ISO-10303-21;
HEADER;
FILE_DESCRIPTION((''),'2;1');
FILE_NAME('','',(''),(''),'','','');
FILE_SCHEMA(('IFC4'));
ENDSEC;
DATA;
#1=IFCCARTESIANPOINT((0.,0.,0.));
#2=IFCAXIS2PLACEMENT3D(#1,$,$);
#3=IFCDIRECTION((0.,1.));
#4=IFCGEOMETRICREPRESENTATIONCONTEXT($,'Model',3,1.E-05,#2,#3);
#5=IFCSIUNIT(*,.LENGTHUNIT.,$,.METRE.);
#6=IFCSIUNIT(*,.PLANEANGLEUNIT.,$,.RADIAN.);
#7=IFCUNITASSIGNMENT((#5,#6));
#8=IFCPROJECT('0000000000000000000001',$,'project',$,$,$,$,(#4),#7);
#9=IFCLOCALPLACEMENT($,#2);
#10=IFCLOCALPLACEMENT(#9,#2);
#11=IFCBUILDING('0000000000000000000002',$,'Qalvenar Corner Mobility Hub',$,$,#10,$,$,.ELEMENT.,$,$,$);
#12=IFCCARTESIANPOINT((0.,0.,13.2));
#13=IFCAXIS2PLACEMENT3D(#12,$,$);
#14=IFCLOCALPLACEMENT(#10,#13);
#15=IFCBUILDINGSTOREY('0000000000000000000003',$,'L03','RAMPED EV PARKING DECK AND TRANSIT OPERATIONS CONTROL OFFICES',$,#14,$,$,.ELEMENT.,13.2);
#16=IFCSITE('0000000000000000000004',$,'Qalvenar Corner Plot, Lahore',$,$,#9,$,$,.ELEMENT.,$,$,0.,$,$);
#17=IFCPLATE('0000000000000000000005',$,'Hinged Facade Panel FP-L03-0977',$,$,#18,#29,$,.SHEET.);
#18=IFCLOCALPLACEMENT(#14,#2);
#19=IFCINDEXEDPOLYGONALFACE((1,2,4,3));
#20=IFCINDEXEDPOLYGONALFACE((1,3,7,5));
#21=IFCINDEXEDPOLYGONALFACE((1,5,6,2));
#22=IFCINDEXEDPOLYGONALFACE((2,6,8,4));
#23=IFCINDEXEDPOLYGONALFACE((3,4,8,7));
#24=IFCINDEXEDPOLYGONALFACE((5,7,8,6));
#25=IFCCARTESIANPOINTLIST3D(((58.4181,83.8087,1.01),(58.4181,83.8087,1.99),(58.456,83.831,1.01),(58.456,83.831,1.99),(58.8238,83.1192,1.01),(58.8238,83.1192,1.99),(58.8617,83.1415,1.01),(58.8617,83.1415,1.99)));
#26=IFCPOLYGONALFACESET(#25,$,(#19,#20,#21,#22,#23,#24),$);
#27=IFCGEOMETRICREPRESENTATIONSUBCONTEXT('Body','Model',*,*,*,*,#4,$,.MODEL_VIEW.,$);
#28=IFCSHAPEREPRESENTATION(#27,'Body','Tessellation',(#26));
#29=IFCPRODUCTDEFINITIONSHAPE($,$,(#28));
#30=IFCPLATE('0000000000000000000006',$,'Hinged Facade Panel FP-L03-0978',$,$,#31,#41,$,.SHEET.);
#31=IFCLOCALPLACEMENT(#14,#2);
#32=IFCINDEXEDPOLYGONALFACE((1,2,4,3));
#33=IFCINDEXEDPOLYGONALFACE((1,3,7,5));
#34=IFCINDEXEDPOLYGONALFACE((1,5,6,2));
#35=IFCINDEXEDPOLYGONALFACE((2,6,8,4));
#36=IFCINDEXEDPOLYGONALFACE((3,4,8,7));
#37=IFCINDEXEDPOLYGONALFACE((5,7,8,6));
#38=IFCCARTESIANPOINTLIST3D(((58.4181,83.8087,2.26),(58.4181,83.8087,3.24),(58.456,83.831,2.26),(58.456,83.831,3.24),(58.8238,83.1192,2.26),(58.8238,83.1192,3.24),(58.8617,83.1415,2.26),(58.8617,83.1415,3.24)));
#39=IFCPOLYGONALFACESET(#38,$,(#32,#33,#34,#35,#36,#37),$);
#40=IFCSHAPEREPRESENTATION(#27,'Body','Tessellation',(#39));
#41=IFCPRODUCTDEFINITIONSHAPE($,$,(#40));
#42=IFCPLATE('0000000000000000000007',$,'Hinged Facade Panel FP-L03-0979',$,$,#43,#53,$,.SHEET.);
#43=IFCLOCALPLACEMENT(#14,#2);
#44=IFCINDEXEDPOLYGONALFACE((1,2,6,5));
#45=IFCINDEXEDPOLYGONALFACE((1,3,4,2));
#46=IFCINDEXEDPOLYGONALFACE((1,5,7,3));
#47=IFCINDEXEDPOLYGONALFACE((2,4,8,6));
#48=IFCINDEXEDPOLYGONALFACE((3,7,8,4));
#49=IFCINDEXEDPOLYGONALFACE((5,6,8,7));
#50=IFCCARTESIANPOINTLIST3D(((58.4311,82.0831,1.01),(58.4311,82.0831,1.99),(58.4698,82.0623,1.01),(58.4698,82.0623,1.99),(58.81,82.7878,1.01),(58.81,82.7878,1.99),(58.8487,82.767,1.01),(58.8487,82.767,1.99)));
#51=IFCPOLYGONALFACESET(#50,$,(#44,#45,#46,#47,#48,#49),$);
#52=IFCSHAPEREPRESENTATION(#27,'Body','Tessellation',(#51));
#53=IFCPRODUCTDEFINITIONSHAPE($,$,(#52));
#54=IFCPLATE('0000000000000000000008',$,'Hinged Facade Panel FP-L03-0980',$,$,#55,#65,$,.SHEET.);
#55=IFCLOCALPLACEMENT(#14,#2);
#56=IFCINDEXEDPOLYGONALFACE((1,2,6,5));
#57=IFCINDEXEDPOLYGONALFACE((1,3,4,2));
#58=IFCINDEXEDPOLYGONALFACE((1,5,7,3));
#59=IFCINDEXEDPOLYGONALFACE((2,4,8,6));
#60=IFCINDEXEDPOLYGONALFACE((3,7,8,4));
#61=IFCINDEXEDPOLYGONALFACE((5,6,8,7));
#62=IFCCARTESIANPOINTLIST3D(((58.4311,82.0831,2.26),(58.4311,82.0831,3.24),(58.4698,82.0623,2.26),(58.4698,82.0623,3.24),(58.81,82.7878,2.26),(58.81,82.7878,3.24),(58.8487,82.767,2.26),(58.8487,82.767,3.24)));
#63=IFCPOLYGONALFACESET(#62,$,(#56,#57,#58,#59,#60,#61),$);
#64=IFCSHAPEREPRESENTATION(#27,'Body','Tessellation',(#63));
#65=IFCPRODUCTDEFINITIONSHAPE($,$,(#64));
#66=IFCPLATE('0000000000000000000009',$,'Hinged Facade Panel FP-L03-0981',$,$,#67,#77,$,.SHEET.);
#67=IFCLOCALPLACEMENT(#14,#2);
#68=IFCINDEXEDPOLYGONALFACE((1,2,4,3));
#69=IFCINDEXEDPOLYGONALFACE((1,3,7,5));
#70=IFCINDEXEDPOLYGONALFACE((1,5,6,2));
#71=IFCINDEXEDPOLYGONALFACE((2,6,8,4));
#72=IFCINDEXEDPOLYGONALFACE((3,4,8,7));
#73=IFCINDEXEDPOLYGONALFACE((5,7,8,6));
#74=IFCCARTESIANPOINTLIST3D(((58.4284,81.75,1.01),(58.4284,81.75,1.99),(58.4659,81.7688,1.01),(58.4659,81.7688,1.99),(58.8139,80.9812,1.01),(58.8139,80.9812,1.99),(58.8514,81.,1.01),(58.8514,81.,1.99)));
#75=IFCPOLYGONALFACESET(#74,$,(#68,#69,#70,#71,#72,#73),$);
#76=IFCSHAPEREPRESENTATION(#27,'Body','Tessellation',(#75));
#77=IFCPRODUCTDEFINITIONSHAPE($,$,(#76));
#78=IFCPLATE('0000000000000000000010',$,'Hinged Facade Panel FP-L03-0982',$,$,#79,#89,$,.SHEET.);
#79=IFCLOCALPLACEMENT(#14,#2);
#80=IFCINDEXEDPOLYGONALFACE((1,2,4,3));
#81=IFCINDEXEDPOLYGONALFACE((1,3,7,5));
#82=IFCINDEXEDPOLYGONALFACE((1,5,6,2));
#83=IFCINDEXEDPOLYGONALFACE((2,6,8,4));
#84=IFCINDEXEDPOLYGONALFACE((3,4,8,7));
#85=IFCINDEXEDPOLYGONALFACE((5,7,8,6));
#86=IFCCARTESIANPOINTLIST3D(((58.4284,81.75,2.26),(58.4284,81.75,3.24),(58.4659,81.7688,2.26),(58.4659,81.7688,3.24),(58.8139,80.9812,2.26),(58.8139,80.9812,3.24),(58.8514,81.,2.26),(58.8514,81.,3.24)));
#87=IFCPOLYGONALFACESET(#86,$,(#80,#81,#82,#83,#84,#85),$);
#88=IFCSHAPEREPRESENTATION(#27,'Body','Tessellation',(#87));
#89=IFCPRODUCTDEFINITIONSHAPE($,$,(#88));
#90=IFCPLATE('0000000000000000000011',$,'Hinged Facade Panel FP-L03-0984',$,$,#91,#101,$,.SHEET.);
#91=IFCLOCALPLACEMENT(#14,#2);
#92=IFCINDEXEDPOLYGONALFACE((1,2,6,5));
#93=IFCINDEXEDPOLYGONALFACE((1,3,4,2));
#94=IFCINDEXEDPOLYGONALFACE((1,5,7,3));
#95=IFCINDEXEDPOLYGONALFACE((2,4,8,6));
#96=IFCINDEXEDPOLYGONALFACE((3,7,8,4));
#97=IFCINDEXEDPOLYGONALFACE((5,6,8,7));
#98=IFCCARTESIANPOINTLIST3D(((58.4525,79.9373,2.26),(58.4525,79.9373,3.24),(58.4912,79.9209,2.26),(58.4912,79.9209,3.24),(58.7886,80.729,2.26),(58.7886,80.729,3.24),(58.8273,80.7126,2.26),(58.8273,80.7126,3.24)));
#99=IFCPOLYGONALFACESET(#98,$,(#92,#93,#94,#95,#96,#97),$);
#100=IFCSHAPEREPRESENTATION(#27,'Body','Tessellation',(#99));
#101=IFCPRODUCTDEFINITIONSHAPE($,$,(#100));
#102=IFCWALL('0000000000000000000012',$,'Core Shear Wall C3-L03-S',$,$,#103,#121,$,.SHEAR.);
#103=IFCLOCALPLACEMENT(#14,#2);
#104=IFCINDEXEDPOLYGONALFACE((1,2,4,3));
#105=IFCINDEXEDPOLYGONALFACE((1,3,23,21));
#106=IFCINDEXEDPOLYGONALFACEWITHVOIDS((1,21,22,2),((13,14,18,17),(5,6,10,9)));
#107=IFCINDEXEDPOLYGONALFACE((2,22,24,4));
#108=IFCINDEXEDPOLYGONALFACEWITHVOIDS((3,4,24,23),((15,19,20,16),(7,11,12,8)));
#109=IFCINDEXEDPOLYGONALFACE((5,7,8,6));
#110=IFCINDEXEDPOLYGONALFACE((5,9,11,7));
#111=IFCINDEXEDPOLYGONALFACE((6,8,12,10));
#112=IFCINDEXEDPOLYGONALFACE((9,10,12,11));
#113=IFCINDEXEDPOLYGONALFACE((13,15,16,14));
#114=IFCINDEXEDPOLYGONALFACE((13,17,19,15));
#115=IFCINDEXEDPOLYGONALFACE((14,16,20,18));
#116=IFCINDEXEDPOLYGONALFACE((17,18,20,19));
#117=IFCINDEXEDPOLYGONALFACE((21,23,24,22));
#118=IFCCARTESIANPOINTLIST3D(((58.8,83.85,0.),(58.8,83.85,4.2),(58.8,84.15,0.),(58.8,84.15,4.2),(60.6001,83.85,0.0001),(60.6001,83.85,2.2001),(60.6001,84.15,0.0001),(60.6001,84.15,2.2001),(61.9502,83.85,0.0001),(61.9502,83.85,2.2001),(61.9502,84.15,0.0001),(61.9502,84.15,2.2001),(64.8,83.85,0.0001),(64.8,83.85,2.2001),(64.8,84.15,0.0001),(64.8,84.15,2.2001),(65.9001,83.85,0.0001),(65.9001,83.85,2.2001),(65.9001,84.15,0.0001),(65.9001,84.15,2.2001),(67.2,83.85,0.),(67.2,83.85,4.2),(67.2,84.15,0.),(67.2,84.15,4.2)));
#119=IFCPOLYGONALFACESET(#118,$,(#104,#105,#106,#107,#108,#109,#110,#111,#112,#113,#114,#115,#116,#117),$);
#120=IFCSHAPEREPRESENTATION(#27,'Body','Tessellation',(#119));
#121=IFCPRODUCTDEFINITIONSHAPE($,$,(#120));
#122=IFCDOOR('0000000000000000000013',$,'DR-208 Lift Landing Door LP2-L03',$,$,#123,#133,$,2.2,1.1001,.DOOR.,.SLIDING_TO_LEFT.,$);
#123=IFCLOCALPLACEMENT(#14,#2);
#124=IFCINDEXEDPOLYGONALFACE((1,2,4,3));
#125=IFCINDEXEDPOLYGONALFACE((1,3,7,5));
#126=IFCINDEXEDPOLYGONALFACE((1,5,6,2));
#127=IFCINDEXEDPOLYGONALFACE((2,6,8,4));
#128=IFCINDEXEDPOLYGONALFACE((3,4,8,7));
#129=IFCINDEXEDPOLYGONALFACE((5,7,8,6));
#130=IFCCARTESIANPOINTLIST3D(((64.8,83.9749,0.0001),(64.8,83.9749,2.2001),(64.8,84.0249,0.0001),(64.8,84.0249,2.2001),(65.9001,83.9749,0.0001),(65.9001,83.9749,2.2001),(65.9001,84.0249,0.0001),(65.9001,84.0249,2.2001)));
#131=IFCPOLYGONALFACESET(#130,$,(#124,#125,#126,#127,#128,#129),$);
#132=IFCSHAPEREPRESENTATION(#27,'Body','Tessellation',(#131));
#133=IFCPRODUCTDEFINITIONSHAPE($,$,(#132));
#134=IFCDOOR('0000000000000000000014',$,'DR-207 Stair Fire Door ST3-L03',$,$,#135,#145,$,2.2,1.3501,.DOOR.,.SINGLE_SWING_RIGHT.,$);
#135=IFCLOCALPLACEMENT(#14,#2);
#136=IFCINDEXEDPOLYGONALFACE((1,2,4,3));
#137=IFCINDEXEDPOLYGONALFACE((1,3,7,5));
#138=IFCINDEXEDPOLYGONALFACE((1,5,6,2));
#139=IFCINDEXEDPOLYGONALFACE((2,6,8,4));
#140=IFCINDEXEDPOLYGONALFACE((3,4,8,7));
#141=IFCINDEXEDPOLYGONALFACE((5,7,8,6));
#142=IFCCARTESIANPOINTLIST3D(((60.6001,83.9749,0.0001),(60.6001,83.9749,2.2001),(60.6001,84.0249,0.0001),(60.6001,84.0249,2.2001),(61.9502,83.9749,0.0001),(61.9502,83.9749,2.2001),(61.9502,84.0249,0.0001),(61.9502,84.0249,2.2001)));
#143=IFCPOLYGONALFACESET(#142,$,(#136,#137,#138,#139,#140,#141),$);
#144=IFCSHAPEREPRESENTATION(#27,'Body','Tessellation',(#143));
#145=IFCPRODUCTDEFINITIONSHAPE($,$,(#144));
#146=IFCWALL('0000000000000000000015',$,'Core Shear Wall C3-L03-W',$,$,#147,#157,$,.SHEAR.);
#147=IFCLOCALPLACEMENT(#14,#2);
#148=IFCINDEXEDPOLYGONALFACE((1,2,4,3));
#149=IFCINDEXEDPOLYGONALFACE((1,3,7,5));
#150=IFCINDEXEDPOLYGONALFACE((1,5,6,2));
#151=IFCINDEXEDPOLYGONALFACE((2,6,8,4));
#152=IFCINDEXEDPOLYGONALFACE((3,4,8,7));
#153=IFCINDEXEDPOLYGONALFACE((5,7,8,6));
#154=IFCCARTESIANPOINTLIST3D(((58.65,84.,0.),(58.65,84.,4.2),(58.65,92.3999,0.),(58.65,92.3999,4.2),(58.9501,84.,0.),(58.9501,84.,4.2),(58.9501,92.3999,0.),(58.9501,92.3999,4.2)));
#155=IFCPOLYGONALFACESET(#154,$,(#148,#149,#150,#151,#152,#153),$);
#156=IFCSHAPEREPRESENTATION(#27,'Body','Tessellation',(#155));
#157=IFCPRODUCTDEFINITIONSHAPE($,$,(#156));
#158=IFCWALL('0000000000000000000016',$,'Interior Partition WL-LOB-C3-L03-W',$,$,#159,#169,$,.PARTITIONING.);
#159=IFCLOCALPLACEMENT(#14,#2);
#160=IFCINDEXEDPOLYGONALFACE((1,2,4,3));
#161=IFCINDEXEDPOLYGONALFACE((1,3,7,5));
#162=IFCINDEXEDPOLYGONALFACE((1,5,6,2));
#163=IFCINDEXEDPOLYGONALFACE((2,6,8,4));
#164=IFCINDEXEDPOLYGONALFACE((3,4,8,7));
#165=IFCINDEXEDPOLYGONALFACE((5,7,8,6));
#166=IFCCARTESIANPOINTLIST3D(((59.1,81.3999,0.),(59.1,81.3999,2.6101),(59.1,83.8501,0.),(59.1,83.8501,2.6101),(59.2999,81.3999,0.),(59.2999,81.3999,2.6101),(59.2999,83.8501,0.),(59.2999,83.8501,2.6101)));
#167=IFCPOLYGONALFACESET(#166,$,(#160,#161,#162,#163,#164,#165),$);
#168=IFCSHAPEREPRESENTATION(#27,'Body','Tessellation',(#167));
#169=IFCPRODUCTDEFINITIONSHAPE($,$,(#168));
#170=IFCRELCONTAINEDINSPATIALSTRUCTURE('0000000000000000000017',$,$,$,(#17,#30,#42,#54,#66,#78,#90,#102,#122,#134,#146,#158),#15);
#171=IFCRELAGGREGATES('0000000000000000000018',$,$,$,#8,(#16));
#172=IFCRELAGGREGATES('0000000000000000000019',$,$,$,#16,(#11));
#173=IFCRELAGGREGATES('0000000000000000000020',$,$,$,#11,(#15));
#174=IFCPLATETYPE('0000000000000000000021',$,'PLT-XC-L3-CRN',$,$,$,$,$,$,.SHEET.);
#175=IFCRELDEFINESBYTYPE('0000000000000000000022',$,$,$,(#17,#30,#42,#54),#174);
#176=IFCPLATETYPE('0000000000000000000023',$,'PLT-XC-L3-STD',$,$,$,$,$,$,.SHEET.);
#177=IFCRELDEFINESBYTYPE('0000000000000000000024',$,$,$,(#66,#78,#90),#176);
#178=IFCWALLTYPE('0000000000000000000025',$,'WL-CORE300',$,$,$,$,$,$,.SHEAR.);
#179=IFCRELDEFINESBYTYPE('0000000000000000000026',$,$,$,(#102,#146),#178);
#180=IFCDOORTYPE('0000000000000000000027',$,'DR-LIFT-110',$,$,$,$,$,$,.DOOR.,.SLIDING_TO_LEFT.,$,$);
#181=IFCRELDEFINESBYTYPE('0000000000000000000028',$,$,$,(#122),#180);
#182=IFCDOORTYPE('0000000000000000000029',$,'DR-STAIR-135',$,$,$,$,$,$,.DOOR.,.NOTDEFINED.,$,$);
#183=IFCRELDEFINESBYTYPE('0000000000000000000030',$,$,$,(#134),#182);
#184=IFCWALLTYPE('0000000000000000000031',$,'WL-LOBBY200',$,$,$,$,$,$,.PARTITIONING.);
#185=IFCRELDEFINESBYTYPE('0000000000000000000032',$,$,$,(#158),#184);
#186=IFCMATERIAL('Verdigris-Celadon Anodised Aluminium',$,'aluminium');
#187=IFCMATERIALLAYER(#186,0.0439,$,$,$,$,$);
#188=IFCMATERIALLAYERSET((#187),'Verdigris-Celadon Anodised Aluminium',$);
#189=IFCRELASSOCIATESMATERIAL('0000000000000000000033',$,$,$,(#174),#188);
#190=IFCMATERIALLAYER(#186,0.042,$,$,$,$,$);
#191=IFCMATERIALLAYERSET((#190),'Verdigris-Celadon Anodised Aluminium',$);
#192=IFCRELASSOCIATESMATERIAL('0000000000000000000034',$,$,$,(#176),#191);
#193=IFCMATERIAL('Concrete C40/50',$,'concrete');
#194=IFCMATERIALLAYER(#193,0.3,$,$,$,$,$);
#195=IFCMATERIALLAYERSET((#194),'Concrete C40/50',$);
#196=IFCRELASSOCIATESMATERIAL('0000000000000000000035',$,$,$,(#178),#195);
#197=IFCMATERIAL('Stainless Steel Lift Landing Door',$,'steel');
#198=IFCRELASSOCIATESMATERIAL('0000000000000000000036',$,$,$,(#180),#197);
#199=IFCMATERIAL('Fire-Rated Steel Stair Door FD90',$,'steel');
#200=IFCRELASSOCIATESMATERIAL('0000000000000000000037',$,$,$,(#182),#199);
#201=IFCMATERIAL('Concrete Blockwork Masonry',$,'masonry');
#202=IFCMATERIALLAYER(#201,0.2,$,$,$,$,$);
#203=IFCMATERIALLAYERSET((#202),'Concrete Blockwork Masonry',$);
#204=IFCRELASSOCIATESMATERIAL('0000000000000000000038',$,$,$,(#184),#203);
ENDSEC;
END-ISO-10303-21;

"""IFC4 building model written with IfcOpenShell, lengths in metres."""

from ifc_helpers import new_model, si_unit, direction, frame, frame_2d, origin, origin_2d, place, context, subcontext, project, spatial, rectangle, extrude, material, layer, layer_set, type_object, element, fill, save


model = new_model("IFC4")

# Units and contexts
model_context = context("Model", 3, precision=1e-05, world=origin(), true_north=direction((0.0, 1.0)))
body_context = subcontext(model_context, "Body", "Model", "MODEL_VIEW")
ifc_project = project(units=[si_unit("LENGTHUNIT", "METRE"), si_unit("PLANEANGLEUNIT", "RADIAN")], contexts=[model_context])

# Site, building, storey
site_placement = place(None, origin())
site = spatial("IfcSite", under=ifc_project, at=site_placement, Name="Qalvenar Corner Plot, Lahore", CompositionType="ELEMENT", RefElevation=0.0)
building_placement = place(site_placement, origin())
building = spatial("IfcBuilding", under=site, at=building_placement, Name="Qalvenar Corner Mobility Hub", CompositionType="ELEMENT")
storey_placement = place(building_placement, frame((0.0, 0.0, 13.2)))
storey = spatial("IfcBuildingStorey", under=building, at=storey_placement, Name="L03", Description="RAMPED EV PARKING DECK AND TRANSIT OPERATIONS CONTROL OFFICES", CompositionType="ELEMENT", Elevation=13.2)

# Plates
ifc_material_1 = material(Name="Verdigris-Celadon Anodised Aluminium", Category="aluminium")
ifc_layer_1 = layer(ifc_material_1, 0.0439)
ifc_layer_set_1 = layer_set([ifc_layer_1], Name="Verdigris-Celadon Anodised Aluminium")
plate_type_1 = type_object("IfcPlateType", Name="PLT-XC-L3-CRN", PredefinedType="SHEET", material=ifc_layer_set_1)
for number, where, z_axis, x_axis, name in (
    (1, (58.6399, 83.4751, 1.01), (0.0, 0.0, 1.0), (0.507087, -0.861895, 0.0), "Hinged Facade Panel FP-L03-0977"),
    (2, (58.6399, 83.4751, 2.26), (0.0, 0.0, 1.0), (0.507087, -0.861895, 0.0), "Hinged Facade Panel FP-L03-0978"),
    (3, (58.6399, 82.425, 1.01), (0.0, 0.0, 1.0), (-0.473627, -0.880725, 0.0), "Hinged Facade Panel FP-L03-0979"),
    (4, (58.6399, 82.425, 2.26), (0.0, 0.0, 1.0), (-0.473627, -0.880725, 0.0), "Hinged Facade Panel FP-L03-0980"),
):
    element("IfcPlate", number, at=place(storey_placement, frame(where, z_axis=z_axis, x_axis=x_axis)), inside=storey, type_object=plate_type_1, Name=name, PredefinedType="SHEET", context=body_context, shape_type="SweptSolid", body=[
        extrude(rectangle(XDim=0.8, YDim=0.0439, at=origin_2d()), origin(), (0.0, 0.0, 1.0), 0.98),
    ])
ifc_layer_2 = layer(ifc_material_1, 0.042)
ifc_layer_set_2 = layer_set([ifc_layer_2], Name="Verdigris-Celadon Anodised Aluminium")
plate_type_2 = type_object("IfcPlateType", Name="PLT-XC-L3-STD", PredefinedType="SHEET", material=ifc_layer_set_2)
for number, where, z_axis, x_axis, name in (
    (5, (58.6399, 81.375, 1.01), (0.0, 0.0, 1.0), (0.448227, -0.89392, 0.0), "Hinged Facade Panel FP-L03-0981"),
    (6, (58.6399, 81.375, 2.26), (0.0, 0.0, 1.0), (0.448227, -0.89392, 0.0), "Hinged Facade Panel FP-L03-0982"),
    (7, (58.6399, 80.325, 2.26), (0.0, 0.0, 1.0), (-0.390731, -0.920505, 0.0), "Hinged Facade Panel FP-L03-0984"),
):
    element("IfcPlate", number, at=place(storey_placement, frame(where, z_axis=z_axis, x_axis=x_axis)), inside=storey, type_object=plate_type_2, Name=name, PredefinedType="SHEET", context=body_context, shape_type="SweptSolid", body=[
        extrude(rectangle(XDim=0.8601, YDim=0.042, at=origin_2d()), origin(), (0.0, 0.0, 1.0), 0.98),
    ])

# Wall, openings, doors
ifc_material_2 = material(Name="Concrete C40/50", Category="concrete")
ifc_layer_3 = layer(ifc_material_2, 0.3)
ifc_layer_set_3 = layer_set([ifc_layer_3], Name="Concrete C40/50")
wall_type_1 = type_object("IfcWallType", Name="WL-CORE300", PredefinedType="SHEAR", material=ifc_layer_set_3)
wall_1_placement = place(storey_placement, frame((58.8, 84.0, 0.0), z_axis=(0.0, 0.0, 1.0), x_axis=(1.0, 0.0, 0.0)))
wall_1 = element("IfcWall", 8, at=wall_1_placement, inside=storey, type_object=wall_type_1, Name="Core Shear Wall C3-L03-S", PredefinedType="SHEAR", context=body_context, shape_type="SweptSolid", body=[
    extrude(rectangle(XDim=8.3999, YDim=0.3, at=frame_2d((4.2, 0.0))), origin(), (0.0, 0.0, 1.0), 4.2),
])
opening_1_placement = place(wall_1_placement, frame((1.8, 0.0, 0.0)))
opening_1 = element("IfcOpeningElement", 9, at=opening_1_placement, cuts=wall_1, PredefinedType="OPENING", context=body_context, shape_type="SweptSolid", body=[
    extrude(rectangle(XDim=1.3501, YDim=2.2, at=frame_2d((0.675, 1.1001))), frame((0.0, 0.1602, 0.0), z_axis=(0.0, -1.0, 0.0), x_axis=(1.0, 0.0, 0.0)), (0.0, 0.0, 1.0), 0.3201),
])
opening_2_placement = place(wall_1_placement, frame((6.0, 0.0, 0.0)))
opening_2 = element("IfcOpeningElement", 10, at=opening_2_placement, cuts=wall_1, PredefinedType="OPENING", context=body_context, shape_type="SweptSolid", body=[
    extrude(rectangle(XDim=1.1001, YDim=2.2, at=frame_2d((0.55, 1.1001))), frame((0.0, 0.1602, 0.0), z_axis=(0.0, -1.0, 0.0), x_axis=(1.0, 0.0, 0.0)), (0.0, 0.0, 1.0), 0.3201),
])
ifc_material_3 = material(Name="Stainless Steel Lift Landing Door", Category="steel")
door_type_1 = type_object("IfcDoorType", Name="DR-LIFT-110", OperationType="SLIDING_TO_LEFT", PredefinedType="DOOR", material=ifc_material_3)
door_1_placement = place(opening_2_placement, origin())
door_1 = element("IfcDoor", 11, at=door_1_placement, inside=storey, type_object=door_type_1, Name="DR-208 Lift Landing Door LP2-L03", OperationType="SLIDING_TO_LEFT", OverallHeight=2.2, OverallWidth=1.1001, PredefinedType="DOOR", context=body_context, shape_type="SweptSolid", body=[
    extrude(rectangle(XDim=1.1001, YDim=2.2, at=frame_2d((0.55, 1.1001))), frame((0.0, 0.0249, 0.0), z_axis=(0.0, -1.0, 0.0), x_axis=(1.0, 0.0, 0.0)), (0.0, 0.0, 1.0), 0.05),
])
fill(opening_2, door_1)
ifc_material_4 = material(Name="Fire-Rated Steel Stair Door FD90", Category="steel")
door_type_2 = type_object("IfcDoorType", Name="DR-STAIR-135", OperationType="NOTDEFINED", PredefinedType="DOOR", material=ifc_material_4)
door_2_placement = place(opening_1_placement, origin())
door_2 = element("IfcDoor", 12, at=door_2_placement, inside=storey, type_object=door_type_2, Name="DR-207 Stair Fire Door ST3-L03", OperationType="SINGLE_SWING_RIGHT", OverallHeight=2.2, OverallWidth=1.3501, PredefinedType="DOOR", context=body_context, shape_type="SweptSolid", body=[
    extrude(rectangle(XDim=1.3501, YDim=2.2, at=frame_2d((0.675, 1.1001))), frame((0.0, 0.0249, 0.0), z_axis=(0.0, -1.0, 0.0), x_axis=(1.0, 0.0, 0.0)), (0.0, 0.0, 1.0), 0.05),
])
fill(opening_1, door_2)

# Walls
wall_2_placement = place(storey_placement, frame((58.8, 92.3999, 0.0), z_axis=(0.0, 0.0, 1.0), x_axis=(0.0, -1.0, 0.0)))
element("IfcWall", 13, at=wall_2_placement, inside=storey, type_object=wall_type_1, Name="Core Shear Wall C3-L03-W", PredefinedType="SHEAR", context=body_context, shape_type="SweptSolid", body=[
    extrude(rectangle(XDim=8.3999, YDim=0.3, at=frame_2d((4.2, 0.0))), origin(), (0.0, 0.0, 1.0), 4.2),
])
ifc_material_5 = material(Name="Concrete Blockwork Masonry", Category="masonry")
ifc_layer_4 = layer(ifc_material_5, 0.2)
ifc_layer_set_4 = layer_set([ifc_layer_4], Name="Concrete Blockwork Masonry")
wall_type_2 = type_object("IfcWallType", Name="WL-LOBBY200", PredefinedType="PARTITIONING", material=ifc_layer_set_4)
wall_3_placement = place(storey_placement, frame((59.2, 81.3999, 0.0), z_axis=(0.0, 0.0, 1.0), x_axis=(0.0, 1.0, 0.0)))
element("IfcWall", 14, at=wall_3_placement, inside=storey, type_object=wall_type_2, Name="Interior Partition WL-LOB-C3-L03-W", PredefinedType="PARTITIONING", context=body_context, shape_type="SweptSolid", body=[
    extrude(rectangle(XDim=2.4502, YDim=0.2, at=frame_2d((1.2251, 0.0))), origin(), (0.0, 0.0, 1.0), 2.6101),
])

save(model, "model.ifc")
